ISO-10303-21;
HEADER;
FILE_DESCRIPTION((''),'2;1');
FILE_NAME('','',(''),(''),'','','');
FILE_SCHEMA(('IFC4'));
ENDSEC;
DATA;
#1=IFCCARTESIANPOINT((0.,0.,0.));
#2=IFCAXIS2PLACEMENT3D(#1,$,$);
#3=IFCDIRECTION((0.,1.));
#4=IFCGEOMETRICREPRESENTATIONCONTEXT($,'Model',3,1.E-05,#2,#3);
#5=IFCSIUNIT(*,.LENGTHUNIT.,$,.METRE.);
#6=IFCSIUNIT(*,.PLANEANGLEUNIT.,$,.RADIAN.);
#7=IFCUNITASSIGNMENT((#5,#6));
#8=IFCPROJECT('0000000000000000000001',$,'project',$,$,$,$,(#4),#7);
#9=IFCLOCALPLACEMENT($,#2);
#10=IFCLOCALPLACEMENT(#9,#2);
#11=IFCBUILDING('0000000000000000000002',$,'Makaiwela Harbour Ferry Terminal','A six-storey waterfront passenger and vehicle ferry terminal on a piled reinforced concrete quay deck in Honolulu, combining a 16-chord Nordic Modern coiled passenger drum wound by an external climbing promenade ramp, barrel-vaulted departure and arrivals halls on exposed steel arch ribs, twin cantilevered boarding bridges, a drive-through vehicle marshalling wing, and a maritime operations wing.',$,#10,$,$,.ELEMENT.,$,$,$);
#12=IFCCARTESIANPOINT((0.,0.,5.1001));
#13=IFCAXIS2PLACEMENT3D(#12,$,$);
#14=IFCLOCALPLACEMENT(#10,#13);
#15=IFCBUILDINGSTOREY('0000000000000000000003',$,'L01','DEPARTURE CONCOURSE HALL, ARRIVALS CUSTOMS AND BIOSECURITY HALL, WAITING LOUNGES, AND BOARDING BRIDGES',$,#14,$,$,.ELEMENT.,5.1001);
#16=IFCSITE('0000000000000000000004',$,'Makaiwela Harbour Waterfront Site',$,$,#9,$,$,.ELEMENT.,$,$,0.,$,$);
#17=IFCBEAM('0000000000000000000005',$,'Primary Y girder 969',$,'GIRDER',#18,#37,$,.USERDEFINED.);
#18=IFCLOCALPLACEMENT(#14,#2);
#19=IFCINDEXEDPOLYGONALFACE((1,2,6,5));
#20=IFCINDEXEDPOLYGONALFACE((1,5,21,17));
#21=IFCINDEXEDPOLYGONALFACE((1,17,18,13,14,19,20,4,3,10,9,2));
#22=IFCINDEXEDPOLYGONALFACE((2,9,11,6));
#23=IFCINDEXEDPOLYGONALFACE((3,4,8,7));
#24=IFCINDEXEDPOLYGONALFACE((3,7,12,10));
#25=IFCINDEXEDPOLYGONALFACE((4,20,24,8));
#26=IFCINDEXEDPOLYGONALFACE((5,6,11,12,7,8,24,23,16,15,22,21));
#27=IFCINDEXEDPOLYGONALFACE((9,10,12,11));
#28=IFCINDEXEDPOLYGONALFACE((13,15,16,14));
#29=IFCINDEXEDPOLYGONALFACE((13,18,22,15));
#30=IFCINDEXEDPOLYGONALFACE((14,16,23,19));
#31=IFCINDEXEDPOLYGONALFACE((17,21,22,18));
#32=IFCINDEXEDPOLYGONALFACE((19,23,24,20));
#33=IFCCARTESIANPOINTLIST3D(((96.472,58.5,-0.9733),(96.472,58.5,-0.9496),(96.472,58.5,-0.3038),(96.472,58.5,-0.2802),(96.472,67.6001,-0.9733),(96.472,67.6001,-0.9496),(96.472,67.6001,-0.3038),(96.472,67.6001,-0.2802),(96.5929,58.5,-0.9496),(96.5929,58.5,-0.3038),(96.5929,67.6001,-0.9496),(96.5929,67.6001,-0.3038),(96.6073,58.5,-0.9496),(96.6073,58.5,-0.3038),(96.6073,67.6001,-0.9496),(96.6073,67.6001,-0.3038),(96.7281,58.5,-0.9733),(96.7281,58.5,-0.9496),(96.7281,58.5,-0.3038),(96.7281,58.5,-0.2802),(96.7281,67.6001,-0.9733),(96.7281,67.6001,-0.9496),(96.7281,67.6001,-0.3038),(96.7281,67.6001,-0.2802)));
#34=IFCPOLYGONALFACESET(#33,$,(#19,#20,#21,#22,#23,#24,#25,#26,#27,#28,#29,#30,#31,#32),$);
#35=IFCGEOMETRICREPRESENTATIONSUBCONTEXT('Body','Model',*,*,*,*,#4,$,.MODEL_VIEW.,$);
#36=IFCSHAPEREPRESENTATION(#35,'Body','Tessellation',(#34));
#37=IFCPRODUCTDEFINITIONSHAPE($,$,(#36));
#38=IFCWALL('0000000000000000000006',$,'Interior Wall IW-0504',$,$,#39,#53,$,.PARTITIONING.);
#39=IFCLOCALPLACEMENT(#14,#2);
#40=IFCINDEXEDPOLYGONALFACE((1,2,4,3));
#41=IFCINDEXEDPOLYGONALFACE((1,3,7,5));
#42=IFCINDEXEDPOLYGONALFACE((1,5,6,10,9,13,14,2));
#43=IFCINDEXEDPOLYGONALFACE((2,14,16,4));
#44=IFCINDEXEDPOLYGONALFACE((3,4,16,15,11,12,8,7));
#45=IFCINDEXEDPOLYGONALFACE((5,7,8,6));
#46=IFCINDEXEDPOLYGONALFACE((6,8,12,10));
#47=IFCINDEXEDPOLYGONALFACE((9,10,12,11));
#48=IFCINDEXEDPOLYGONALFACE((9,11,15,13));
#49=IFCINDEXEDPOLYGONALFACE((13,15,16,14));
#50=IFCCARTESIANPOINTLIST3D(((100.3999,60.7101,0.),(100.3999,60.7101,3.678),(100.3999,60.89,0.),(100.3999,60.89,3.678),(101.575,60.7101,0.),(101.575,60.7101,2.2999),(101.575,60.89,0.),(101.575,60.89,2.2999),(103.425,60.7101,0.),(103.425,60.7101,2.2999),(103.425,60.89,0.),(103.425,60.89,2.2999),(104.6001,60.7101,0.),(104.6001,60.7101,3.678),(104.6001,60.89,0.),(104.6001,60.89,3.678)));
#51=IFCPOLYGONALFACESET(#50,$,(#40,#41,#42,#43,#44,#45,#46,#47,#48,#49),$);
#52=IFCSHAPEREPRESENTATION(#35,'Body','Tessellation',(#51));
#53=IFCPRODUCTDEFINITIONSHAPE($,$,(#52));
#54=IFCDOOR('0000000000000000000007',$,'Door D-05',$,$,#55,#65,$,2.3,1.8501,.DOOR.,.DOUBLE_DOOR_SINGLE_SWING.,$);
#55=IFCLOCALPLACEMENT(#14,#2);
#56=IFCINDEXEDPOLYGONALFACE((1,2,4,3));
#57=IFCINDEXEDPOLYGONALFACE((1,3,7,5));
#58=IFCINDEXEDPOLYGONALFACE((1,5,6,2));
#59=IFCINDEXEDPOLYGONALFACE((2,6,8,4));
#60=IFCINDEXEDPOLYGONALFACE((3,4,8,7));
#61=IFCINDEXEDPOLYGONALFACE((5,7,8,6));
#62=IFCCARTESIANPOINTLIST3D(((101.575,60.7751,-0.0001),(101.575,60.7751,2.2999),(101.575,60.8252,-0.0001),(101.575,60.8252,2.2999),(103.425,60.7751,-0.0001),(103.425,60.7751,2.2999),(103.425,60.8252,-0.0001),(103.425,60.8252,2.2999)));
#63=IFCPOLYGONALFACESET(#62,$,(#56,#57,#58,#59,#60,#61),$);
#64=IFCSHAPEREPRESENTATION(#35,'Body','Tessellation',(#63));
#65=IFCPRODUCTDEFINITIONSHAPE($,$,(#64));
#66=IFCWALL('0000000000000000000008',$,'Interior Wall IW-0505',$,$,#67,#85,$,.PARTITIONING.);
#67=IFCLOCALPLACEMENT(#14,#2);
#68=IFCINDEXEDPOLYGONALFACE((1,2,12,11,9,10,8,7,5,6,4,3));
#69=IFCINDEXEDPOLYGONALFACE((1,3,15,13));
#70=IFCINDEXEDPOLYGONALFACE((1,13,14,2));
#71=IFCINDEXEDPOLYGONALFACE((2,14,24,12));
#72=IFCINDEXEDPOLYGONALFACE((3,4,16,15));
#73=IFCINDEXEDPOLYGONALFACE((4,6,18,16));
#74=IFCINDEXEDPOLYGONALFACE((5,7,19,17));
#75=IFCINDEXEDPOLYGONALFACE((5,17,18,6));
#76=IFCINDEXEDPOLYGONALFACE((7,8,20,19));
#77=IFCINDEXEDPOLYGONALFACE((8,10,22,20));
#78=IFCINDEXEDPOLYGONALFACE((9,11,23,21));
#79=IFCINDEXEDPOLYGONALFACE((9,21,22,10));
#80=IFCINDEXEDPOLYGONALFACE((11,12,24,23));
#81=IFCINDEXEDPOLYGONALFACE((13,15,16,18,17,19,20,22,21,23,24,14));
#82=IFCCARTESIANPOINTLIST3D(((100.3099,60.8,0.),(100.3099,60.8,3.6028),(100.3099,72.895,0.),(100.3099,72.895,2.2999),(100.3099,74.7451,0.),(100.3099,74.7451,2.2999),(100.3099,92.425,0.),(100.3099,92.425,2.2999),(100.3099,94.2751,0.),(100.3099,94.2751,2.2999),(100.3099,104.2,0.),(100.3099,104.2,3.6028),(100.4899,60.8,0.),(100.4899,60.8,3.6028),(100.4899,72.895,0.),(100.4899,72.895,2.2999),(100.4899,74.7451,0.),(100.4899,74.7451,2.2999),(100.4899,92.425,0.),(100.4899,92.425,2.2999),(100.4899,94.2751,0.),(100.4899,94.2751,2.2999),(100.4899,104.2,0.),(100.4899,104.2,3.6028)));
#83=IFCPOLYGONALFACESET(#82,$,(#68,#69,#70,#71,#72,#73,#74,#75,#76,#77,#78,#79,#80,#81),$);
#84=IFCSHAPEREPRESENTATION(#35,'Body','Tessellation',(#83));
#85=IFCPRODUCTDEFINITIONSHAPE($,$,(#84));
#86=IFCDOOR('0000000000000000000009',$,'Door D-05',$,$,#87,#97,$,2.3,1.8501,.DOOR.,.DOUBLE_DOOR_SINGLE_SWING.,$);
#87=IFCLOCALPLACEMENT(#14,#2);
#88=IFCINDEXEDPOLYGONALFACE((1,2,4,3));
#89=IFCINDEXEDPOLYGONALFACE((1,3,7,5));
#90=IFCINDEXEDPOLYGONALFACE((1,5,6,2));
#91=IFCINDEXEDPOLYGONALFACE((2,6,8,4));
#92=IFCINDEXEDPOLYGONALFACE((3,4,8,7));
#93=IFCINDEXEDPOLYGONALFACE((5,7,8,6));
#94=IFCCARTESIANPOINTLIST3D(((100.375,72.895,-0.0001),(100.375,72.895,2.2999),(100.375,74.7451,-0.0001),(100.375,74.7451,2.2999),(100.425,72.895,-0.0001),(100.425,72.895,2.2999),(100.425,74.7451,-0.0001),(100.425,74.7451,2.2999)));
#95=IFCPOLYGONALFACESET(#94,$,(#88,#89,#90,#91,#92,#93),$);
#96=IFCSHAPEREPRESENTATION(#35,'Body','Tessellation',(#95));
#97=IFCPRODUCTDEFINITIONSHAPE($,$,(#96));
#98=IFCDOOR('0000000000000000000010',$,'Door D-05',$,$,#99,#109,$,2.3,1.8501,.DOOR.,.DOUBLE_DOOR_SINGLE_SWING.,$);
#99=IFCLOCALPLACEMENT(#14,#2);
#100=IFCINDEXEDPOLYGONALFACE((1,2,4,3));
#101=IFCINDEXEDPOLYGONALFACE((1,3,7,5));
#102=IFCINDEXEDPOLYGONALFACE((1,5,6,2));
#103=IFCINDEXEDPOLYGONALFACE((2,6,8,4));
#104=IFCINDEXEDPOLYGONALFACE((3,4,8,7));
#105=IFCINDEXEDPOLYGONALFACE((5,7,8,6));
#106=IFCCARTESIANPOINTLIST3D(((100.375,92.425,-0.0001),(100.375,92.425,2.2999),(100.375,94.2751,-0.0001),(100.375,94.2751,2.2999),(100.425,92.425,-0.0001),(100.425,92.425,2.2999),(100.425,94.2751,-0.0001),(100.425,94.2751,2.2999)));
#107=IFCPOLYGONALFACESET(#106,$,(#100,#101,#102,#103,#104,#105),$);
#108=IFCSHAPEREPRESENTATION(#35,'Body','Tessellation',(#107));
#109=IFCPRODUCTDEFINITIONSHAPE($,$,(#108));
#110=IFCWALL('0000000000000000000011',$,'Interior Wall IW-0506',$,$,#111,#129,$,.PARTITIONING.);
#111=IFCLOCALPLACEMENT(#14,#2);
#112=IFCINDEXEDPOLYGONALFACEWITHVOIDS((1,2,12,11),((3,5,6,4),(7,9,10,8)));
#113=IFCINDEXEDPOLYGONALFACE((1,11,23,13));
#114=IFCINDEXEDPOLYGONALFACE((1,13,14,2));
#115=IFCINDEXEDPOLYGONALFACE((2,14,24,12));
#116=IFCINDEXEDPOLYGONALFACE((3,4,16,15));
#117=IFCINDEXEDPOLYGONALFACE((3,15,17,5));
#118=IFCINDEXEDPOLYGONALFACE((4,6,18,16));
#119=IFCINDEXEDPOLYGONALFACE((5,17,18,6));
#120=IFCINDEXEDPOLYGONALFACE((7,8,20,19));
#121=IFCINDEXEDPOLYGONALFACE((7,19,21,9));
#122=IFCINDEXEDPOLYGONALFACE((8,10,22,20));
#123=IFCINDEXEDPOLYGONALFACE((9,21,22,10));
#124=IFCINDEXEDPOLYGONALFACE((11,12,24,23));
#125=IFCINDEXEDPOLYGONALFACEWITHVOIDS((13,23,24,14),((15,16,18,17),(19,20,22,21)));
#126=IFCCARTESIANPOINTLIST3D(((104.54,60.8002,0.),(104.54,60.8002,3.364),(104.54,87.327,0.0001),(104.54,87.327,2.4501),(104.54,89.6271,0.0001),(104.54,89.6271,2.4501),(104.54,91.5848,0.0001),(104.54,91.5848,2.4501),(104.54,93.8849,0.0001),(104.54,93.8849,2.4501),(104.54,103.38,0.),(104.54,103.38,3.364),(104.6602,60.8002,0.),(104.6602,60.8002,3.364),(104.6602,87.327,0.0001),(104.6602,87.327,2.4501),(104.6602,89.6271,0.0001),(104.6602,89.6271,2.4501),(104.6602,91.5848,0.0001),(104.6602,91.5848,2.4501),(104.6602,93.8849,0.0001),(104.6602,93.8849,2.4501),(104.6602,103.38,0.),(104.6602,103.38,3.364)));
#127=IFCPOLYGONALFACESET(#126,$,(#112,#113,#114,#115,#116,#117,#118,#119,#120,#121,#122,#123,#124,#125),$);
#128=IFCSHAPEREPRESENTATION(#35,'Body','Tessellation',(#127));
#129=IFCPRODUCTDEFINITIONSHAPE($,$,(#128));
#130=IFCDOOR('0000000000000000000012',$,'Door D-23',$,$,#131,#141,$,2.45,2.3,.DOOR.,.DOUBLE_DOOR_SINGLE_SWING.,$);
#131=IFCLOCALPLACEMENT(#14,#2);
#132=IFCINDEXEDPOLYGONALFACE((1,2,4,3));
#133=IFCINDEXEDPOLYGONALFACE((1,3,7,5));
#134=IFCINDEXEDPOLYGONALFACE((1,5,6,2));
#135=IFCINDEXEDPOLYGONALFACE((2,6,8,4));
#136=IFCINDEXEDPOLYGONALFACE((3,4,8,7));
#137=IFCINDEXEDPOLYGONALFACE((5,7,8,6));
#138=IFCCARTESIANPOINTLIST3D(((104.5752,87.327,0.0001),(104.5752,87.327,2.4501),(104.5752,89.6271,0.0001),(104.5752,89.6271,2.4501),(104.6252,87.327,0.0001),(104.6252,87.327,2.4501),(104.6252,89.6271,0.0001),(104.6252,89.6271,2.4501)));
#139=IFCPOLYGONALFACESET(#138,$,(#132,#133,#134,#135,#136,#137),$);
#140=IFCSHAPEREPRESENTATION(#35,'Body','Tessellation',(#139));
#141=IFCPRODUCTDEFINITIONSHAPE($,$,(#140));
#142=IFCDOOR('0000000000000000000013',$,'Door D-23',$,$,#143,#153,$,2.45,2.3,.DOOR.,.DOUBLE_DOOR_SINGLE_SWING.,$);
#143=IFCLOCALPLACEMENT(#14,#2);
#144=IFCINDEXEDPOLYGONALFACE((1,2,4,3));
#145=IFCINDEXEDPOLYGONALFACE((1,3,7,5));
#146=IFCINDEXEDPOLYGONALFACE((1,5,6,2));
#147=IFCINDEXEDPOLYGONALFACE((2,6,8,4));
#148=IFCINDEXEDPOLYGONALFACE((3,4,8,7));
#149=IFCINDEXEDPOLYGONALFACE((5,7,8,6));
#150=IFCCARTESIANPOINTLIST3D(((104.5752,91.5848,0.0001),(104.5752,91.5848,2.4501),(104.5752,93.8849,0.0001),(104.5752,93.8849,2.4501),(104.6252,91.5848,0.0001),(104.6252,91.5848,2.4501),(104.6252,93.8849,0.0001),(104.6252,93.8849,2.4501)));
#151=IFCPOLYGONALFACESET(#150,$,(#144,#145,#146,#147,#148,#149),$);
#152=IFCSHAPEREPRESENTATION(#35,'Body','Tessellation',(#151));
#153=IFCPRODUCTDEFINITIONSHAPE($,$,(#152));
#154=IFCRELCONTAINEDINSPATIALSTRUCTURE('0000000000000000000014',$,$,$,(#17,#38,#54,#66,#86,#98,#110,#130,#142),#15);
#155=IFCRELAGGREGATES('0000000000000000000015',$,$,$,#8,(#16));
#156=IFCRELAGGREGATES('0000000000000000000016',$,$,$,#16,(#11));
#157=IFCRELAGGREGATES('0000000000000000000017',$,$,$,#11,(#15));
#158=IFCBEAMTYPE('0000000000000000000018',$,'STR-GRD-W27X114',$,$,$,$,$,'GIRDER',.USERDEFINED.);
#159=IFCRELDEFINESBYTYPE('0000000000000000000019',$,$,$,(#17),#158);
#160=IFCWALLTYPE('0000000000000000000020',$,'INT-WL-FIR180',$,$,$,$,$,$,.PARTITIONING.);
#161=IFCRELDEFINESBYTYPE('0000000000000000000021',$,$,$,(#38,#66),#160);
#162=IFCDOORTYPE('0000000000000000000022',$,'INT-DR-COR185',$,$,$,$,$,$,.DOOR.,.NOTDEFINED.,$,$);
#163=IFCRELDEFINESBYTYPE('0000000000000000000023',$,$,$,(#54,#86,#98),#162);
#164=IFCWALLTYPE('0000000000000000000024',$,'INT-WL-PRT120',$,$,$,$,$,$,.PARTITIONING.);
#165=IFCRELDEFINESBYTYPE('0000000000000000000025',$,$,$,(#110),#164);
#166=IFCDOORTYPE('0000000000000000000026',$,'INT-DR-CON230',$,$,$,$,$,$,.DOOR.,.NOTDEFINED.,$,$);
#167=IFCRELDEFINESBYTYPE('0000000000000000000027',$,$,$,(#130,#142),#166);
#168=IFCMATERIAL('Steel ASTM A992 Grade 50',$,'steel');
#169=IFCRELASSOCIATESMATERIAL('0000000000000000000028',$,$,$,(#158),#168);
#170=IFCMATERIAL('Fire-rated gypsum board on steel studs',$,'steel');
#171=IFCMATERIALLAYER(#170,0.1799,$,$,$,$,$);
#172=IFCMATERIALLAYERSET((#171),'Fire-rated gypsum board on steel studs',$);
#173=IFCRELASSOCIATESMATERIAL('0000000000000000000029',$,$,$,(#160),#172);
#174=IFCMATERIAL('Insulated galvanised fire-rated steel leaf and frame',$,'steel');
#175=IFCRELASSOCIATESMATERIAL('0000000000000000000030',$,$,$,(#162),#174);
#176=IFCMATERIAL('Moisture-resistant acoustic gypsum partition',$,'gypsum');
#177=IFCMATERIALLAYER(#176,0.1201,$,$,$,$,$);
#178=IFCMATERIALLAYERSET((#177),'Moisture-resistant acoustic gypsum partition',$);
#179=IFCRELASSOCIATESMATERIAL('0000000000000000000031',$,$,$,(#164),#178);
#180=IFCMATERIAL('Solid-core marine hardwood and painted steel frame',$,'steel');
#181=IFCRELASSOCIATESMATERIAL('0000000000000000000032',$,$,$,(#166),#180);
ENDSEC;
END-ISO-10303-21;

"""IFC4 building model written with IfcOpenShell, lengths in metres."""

from ifc_helpers import new_model, si_unit, direction, frame, frame_2d, origin, origin_2d, place, context, subcontext, project, spatial, rectangle, i_section, extrude, material, layer, layer_set, material_profile, profile_set, type_object, element, fill, save


model = new_model("IFC4")

# Units and contexts
model_context = context("Model", 3, precision=1e-05, world=origin(), true_north=direction((0.0, 1.0)))
body_context = subcontext(model_context, "Body", "Model", "MODEL_VIEW")
ifc_project = project(units=[si_unit("LENGTHUNIT", "METRE"), si_unit("PLANEANGLEUNIT", "RADIAN")], contexts=[model_context])

# Site, building, storey
site_placement = place(None, origin())
site = spatial("IfcSite", under=ifc_project, at=site_placement, Name="Makaiwela Harbour Waterfront Site", CompositionType="ELEMENT", RefElevation=0.0)
building_placement = place(site_placement, origin())
building = spatial("IfcBuilding", under=site, at=building_placement, Name="Makaiwela Harbour Ferry Terminal", Description="A six-storey waterfront passenger and vehicle ferry terminal on a piled reinforced concrete quay deck in Honolulu, combining a 16-chord Nordic Modern coiled passenger drum wound by an external climbing promenade ramp, barrel-vaulted departure and arrivals halls on exposed steel arch ribs, twin cantilevered boarding bridges, a drive-through vehicle marshalling wing, and a maritime operations wing.", CompositionType="ELEMENT")
storey_placement = place(building_placement, frame((0.0, 0.0, 5.1001)))
storey = spatial("IfcBuildingStorey", under=building, at=storey_placement, Name="L01", Description="DEPARTURE CONCOURSE HALL, ARRIVALS CUSTOMS AND BIOSECURITY HALL, WAITING LOUNGES, AND BOARDING BRIDGES", CompositionType="ELEMENT", Elevation=5.1001)

# Shared definitions
ifc_material_1 = material(Name="Steel ASTM A992 Grade 50", Category="steel")

# Beam
ifc_material_profile_1 = material_profile(ifc_material_1, i_section(OverallWidth=0.2561, OverallDepth=0.6931, WebThickness=0.0144, FlangeThickness=0.0237, at=origin_2d()), Name="W27X114")
ifc_profile_set_1 = profile_set([ifc_material_profile_1], Name="Steel ASTM A992 Grade 50")
beam_type_1 = type_object("IfcBeamType", Name="STR-GRD-W27X114", ElementType="GIRDER", PredefinedType="USERDEFINED", material=ifc_profile_set_1)
beam_1_placement = place(storey_placement, frame((96.6001, 58.5, -0.6267), z_axis=(0.0, 1.0, 0.0), x_axis=(-1.0, 0.0, 0.0)))
element("IfcBeam", 1, at=beam_1_placement, inside=storey, type_object=beam_type_1, Name="Primary Y girder 969", ObjectType="GIRDER", PredefinedType="USERDEFINED", context=body_context, shape_type="SweptSolid", body=[
    extrude(i_section(OverallWidth=0.2561, OverallDepth=0.6931, WebThickness=0.0144, FlangeThickness=0.0237, at=origin_2d()), origin(), (0.0, 0.0, 1.0), 9.1001),
])

# Wall, opening, door
ifc_material_2 = material(Name="Fire-rated gypsum board on steel studs", Category="steel")
ifc_layer_1 = layer(ifc_material_2, 0.1799)
ifc_layer_set_1 = layer_set([ifc_layer_1], Name="Fire-rated gypsum board on steel studs")
wall_type_1 = type_object("IfcWallType", Name="INT-WL-FIR180", PredefinedType="PARTITIONING", material=ifc_layer_set_1)
wall_1_placement = place(storey_placement, frame((100.3999, 60.8, 0.0), z_axis=(0.0, 0.0, 1.0), x_axis=(1.0, 0.0, 0.0)))
wall_1 = element("IfcWall", 2, at=wall_1_placement, inside=storey, type_object=wall_type_1, Name="Interior Wall IW-0504", PredefinedType="PARTITIONING", context=body_context, shape_type="SweptSolid", body=[
    extrude(rectangle(XDim=4.2002, YDim=0.1799, at=frame_2d((2.1001, 0.0))), origin(), (0.0, 0.0, 1.0), 3.678),
])
opening_1_placement = place(wall_1_placement, frame((1.175, 0.0, 0.0)))
opening_1 = element("IfcOpeningElement", 3, at=opening_1_placement, cuts=wall_1, PredefinedType="OPENING", context=body_context, shape_type="SweptSolid", body=[
    extrude(rectangle(XDim=1.8501, YDim=2.3, at=frame_2d((0.925, 1.1499))), frame((0.0, 0.0999, 0.0), z_axis=(0.0, -1.0, 0.0), x_axis=(1.0, 0.0, 0.0)), (0.0, 0.0, 1.0), 0.2),
])
ifc_material_3 = material(Name="Insulated galvanised fire-rated steel leaf and frame", Category="steel")
door_type_1 = type_object("IfcDoorType", Name="INT-DR-COR185", OperationType="NOTDEFINED", PredefinedType="DOOR", material=ifc_material_3)
door_1_placement = place(opening_1_placement, frame((1.8501, 0.0, 0.0), z_axis=(0.0, 0.0, 1.0), x_axis=(-1.0, 0.0, 0.0)))
door_1 = element("IfcDoor", 4, at=door_1_placement, inside=storey, type_object=door_type_1, Name="Door D-05", OperationType="DOUBLE_DOOR_SINGLE_SWING", OverallHeight=2.3, OverallWidth=1.8501, PredefinedType="DOOR", context=body_context, shape_type="SweptSolid", body=[
    extrude(rectangle(XDim=1.8501, YDim=2.3, at=frame_2d((0.925, 1.1499))), frame((0.0, 0.0249, 0.0), z_axis=(0.0, -1.0, 0.0), x_axis=(1.0, 0.0, 0.0)), (0.0, 0.0, 1.0), 0.05),
])
fill(opening_1, door_1)

# Walls, openings, doors
wall_2_placement = place(storey_placement, frame((100.3999, 60.8, 0.0), z_axis=(0.0, 0.0, 1.0), x_axis=(0.0, 1.0, 0.0)))
wall_2 = element("IfcWall", 5, at=wall_2_placement, inside=storey, type_object=wall_type_1, Name="Interior Wall IW-0505", PredefinedType="PARTITIONING", context=body_context, shape_type="SweptSolid", body=[
    extrude(rectangle(XDim=43.3999, YDim=0.1799, at=frame_2d((21.7, 0.0))), origin(), (0.0, 0.0, 1.0), 3.6028),
])
opening_2_placement = place(wall_2_placement, frame((12.095, 0.0, 0.0)))
opening_2 = element("IfcOpeningElement", 6, at=opening_2_placement, cuts=wall_2, PredefinedType="OPENING", context=body_context, shape_type="SweptSolid", body=[
    extrude(rectangle(XDim=1.8501, YDim=2.3, at=frame_2d((0.925, 1.1499))), frame((0.0, 0.0999, 0.0), z_axis=(0.0, -1.0, 0.0), x_axis=(1.0, 0.0, 0.0)), (0.0, 0.0, 1.0), 0.2),
])
opening_3_placement = place(wall_2_placement, frame((31.625, 0.0, 0.0)))
opening_3 = element("IfcOpeningElement", 7, at=opening_3_placement, cuts=wall_2, PredefinedType="OPENING", context=body_context, shape_type="SweptSolid", body=[
    extrude(rectangle(XDim=1.8501, YDim=2.3, at=frame_2d((0.925, 1.1499))), frame((0.0, 0.0999, 0.0), z_axis=(0.0, -1.0, 0.0), x_axis=(1.0, 0.0, 0.0)), (0.0, 0.0, 1.0), 0.2),
])
door_2_placement = place(opening_2_placement, origin())
door_2 = element("IfcDoor", 8, at=door_2_placement, inside=storey, type_object=door_type_1, Name="Door D-05", OperationType="DOUBLE_DOOR_SINGLE_SWING", OverallHeight=2.3, OverallWidth=1.8501, PredefinedType="DOOR", context=body_context, shape_type="SweptSolid", body=[
    extrude(rectangle(XDim=1.8501, YDim=2.3, at=frame_2d((0.925, 1.1499))), frame((0.0, 0.0249, 0.0), z_axis=(0.0, -1.0, 0.0), x_axis=(1.0, 0.0, 0.0)), (0.0, 0.0, 1.0), 0.05),
])
fill(opening_2, door_2)
door_3_placement = place(opening_3_placement, origin())
door_3 = element("IfcDoor", 9, at=door_3_placement, inside=storey, type_object=door_type_1, Name="Door D-05", OperationType="DOUBLE_DOOR_SINGLE_SWING", OverallHeight=2.3, OverallWidth=1.8501, PredefinedType="DOOR", context=body_context, shape_type="SweptSolid", body=[
    extrude(rectangle(XDim=1.8501, YDim=2.3, at=frame_2d((0.925, 1.1499))), frame((0.0, 0.0249, 0.0), z_axis=(0.0, -1.0, 0.0), x_axis=(1.0, 0.0, 0.0)), (0.0, 0.0, 1.0), 0.05),
])
fill(opening_3, door_3)
ifc_material_4 = material(Name="Moisture-resistant acoustic gypsum partition", Category="gypsum")
ifc_layer_2 = layer(ifc_material_4, 0.1201)
ifc_layer_set_2 = layer_set([ifc_layer_2], Name="Moisture-resistant acoustic gypsum partition")
wall_type_2 = type_object("IfcWallType", Name="INT-WL-PRT120", PredefinedType="PARTITIONING", material=ifc_layer_set_2)
wall_3_placement = place(storey_placement, frame((104.6001, 60.8, 0.0), z_axis=(0.0, 0.0, 1.0), x_axis=(0.0, 1.0, 0.0)))
wall_3 = element("IfcWall", 10, at=wall_3_placement, inside=storey, type_object=wall_type_2, Name="Interior Wall IW-0506", PredefinedType="PARTITIONING", context=body_context, shape_type="SweptSolid", body=[
    extrude(rectangle(XDim=42.5798, YDim=0.1201, at=frame_2d((21.29, 0.0))), origin(), (0.0, 0.0, 1.0), 3.364),
])
opening_4_placement = place(wall_3_placement, frame((26.5271, 0.0, 0.0)))
opening_4 = element("IfcOpeningElement", 11, at=opening_4_placement, cuts=wall_3, PredefinedType="OPENING", context=body_context, shape_type="SweptSolid", body=[
    extrude(rectangle(XDim=2.3, YDim=2.45, at=frame_2d((1.1499, 1.2251))), frame((0.0, 0.0701, 0.0), z_axis=(0.0, -1.0, 0.0), x_axis=(1.0, 0.0, 0.0)), (0.0, 0.0, 1.0), 0.1401),
])
opening_5_placement = place(wall_3_placement, frame((30.7849, 0.0, 0.0)))
opening_5 = element("IfcOpeningElement", 12, at=opening_5_placement, cuts=wall_3, PredefinedType="OPENING", context=body_context, shape_type="SweptSolid", body=[
    extrude(rectangle(XDim=2.3, YDim=2.45, at=frame_2d((1.1499, 1.2251))), frame((0.0, 0.0701, 0.0), z_axis=(0.0, -1.0, 0.0), x_axis=(1.0, 0.0, 0.0)), (0.0, 0.0, 1.0), 0.1401),
])
ifc_material_5 = material(Name="Solid-core marine hardwood and painted steel frame", Category="steel")
door_type_2 = type_object("IfcDoorType", Name="INT-DR-CON230", OperationType="NOTDEFINED", PredefinedType="DOOR", material=ifc_material_5)
door_4_placement = place(opening_4_placement, origin())
door_4 = element("IfcDoor", 13, at=door_4_placement, inside=storey, type_object=door_type_2, Name="Door D-23", OperationType="DOUBLE_DOOR_SINGLE_SWING", OverallHeight=2.45, OverallWidth=2.3, PredefinedType="DOOR", context=body_context, shape_type="SweptSolid", body=[
    extrude(rectangle(XDim=2.3, YDim=2.45, at=frame_2d((1.1499, 1.2251))), frame((0.0, 0.0249, 0.0), z_axis=(0.0, -1.0, 0.0), x_axis=(1.0, 0.0, 0.0)), (0.0, 0.0, 1.0), 0.05),
])
fill(opening_4, door_4)
door_5_placement = place(opening_5_placement, origin())
door_5 = element("IfcDoor", 14, at=door_5_placement, inside=storey, type_object=door_type_2, Name="Door D-23", OperationType="DOUBLE_DOOR_SINGLE_SWING", OverallHeight=2.45, OverallWidth=2.3, PredefinedType="DOOR", context=body_context, shape_type="SweptSolid", body=[
    extrude(rectangle(XDim=2.3, YDim=2.45, at=frame_2d((1.1499, 1.2251))), frame((0.0, 0.0249, 0.0), z_axis=(0.0, -1.0, 0.0), x_axis=(1.0, 0.0, 0.0)), (0.0, 0.0, 1.0), 0.05),
])
fill(opening_5, door_5)

save(model, "model.ifc")
